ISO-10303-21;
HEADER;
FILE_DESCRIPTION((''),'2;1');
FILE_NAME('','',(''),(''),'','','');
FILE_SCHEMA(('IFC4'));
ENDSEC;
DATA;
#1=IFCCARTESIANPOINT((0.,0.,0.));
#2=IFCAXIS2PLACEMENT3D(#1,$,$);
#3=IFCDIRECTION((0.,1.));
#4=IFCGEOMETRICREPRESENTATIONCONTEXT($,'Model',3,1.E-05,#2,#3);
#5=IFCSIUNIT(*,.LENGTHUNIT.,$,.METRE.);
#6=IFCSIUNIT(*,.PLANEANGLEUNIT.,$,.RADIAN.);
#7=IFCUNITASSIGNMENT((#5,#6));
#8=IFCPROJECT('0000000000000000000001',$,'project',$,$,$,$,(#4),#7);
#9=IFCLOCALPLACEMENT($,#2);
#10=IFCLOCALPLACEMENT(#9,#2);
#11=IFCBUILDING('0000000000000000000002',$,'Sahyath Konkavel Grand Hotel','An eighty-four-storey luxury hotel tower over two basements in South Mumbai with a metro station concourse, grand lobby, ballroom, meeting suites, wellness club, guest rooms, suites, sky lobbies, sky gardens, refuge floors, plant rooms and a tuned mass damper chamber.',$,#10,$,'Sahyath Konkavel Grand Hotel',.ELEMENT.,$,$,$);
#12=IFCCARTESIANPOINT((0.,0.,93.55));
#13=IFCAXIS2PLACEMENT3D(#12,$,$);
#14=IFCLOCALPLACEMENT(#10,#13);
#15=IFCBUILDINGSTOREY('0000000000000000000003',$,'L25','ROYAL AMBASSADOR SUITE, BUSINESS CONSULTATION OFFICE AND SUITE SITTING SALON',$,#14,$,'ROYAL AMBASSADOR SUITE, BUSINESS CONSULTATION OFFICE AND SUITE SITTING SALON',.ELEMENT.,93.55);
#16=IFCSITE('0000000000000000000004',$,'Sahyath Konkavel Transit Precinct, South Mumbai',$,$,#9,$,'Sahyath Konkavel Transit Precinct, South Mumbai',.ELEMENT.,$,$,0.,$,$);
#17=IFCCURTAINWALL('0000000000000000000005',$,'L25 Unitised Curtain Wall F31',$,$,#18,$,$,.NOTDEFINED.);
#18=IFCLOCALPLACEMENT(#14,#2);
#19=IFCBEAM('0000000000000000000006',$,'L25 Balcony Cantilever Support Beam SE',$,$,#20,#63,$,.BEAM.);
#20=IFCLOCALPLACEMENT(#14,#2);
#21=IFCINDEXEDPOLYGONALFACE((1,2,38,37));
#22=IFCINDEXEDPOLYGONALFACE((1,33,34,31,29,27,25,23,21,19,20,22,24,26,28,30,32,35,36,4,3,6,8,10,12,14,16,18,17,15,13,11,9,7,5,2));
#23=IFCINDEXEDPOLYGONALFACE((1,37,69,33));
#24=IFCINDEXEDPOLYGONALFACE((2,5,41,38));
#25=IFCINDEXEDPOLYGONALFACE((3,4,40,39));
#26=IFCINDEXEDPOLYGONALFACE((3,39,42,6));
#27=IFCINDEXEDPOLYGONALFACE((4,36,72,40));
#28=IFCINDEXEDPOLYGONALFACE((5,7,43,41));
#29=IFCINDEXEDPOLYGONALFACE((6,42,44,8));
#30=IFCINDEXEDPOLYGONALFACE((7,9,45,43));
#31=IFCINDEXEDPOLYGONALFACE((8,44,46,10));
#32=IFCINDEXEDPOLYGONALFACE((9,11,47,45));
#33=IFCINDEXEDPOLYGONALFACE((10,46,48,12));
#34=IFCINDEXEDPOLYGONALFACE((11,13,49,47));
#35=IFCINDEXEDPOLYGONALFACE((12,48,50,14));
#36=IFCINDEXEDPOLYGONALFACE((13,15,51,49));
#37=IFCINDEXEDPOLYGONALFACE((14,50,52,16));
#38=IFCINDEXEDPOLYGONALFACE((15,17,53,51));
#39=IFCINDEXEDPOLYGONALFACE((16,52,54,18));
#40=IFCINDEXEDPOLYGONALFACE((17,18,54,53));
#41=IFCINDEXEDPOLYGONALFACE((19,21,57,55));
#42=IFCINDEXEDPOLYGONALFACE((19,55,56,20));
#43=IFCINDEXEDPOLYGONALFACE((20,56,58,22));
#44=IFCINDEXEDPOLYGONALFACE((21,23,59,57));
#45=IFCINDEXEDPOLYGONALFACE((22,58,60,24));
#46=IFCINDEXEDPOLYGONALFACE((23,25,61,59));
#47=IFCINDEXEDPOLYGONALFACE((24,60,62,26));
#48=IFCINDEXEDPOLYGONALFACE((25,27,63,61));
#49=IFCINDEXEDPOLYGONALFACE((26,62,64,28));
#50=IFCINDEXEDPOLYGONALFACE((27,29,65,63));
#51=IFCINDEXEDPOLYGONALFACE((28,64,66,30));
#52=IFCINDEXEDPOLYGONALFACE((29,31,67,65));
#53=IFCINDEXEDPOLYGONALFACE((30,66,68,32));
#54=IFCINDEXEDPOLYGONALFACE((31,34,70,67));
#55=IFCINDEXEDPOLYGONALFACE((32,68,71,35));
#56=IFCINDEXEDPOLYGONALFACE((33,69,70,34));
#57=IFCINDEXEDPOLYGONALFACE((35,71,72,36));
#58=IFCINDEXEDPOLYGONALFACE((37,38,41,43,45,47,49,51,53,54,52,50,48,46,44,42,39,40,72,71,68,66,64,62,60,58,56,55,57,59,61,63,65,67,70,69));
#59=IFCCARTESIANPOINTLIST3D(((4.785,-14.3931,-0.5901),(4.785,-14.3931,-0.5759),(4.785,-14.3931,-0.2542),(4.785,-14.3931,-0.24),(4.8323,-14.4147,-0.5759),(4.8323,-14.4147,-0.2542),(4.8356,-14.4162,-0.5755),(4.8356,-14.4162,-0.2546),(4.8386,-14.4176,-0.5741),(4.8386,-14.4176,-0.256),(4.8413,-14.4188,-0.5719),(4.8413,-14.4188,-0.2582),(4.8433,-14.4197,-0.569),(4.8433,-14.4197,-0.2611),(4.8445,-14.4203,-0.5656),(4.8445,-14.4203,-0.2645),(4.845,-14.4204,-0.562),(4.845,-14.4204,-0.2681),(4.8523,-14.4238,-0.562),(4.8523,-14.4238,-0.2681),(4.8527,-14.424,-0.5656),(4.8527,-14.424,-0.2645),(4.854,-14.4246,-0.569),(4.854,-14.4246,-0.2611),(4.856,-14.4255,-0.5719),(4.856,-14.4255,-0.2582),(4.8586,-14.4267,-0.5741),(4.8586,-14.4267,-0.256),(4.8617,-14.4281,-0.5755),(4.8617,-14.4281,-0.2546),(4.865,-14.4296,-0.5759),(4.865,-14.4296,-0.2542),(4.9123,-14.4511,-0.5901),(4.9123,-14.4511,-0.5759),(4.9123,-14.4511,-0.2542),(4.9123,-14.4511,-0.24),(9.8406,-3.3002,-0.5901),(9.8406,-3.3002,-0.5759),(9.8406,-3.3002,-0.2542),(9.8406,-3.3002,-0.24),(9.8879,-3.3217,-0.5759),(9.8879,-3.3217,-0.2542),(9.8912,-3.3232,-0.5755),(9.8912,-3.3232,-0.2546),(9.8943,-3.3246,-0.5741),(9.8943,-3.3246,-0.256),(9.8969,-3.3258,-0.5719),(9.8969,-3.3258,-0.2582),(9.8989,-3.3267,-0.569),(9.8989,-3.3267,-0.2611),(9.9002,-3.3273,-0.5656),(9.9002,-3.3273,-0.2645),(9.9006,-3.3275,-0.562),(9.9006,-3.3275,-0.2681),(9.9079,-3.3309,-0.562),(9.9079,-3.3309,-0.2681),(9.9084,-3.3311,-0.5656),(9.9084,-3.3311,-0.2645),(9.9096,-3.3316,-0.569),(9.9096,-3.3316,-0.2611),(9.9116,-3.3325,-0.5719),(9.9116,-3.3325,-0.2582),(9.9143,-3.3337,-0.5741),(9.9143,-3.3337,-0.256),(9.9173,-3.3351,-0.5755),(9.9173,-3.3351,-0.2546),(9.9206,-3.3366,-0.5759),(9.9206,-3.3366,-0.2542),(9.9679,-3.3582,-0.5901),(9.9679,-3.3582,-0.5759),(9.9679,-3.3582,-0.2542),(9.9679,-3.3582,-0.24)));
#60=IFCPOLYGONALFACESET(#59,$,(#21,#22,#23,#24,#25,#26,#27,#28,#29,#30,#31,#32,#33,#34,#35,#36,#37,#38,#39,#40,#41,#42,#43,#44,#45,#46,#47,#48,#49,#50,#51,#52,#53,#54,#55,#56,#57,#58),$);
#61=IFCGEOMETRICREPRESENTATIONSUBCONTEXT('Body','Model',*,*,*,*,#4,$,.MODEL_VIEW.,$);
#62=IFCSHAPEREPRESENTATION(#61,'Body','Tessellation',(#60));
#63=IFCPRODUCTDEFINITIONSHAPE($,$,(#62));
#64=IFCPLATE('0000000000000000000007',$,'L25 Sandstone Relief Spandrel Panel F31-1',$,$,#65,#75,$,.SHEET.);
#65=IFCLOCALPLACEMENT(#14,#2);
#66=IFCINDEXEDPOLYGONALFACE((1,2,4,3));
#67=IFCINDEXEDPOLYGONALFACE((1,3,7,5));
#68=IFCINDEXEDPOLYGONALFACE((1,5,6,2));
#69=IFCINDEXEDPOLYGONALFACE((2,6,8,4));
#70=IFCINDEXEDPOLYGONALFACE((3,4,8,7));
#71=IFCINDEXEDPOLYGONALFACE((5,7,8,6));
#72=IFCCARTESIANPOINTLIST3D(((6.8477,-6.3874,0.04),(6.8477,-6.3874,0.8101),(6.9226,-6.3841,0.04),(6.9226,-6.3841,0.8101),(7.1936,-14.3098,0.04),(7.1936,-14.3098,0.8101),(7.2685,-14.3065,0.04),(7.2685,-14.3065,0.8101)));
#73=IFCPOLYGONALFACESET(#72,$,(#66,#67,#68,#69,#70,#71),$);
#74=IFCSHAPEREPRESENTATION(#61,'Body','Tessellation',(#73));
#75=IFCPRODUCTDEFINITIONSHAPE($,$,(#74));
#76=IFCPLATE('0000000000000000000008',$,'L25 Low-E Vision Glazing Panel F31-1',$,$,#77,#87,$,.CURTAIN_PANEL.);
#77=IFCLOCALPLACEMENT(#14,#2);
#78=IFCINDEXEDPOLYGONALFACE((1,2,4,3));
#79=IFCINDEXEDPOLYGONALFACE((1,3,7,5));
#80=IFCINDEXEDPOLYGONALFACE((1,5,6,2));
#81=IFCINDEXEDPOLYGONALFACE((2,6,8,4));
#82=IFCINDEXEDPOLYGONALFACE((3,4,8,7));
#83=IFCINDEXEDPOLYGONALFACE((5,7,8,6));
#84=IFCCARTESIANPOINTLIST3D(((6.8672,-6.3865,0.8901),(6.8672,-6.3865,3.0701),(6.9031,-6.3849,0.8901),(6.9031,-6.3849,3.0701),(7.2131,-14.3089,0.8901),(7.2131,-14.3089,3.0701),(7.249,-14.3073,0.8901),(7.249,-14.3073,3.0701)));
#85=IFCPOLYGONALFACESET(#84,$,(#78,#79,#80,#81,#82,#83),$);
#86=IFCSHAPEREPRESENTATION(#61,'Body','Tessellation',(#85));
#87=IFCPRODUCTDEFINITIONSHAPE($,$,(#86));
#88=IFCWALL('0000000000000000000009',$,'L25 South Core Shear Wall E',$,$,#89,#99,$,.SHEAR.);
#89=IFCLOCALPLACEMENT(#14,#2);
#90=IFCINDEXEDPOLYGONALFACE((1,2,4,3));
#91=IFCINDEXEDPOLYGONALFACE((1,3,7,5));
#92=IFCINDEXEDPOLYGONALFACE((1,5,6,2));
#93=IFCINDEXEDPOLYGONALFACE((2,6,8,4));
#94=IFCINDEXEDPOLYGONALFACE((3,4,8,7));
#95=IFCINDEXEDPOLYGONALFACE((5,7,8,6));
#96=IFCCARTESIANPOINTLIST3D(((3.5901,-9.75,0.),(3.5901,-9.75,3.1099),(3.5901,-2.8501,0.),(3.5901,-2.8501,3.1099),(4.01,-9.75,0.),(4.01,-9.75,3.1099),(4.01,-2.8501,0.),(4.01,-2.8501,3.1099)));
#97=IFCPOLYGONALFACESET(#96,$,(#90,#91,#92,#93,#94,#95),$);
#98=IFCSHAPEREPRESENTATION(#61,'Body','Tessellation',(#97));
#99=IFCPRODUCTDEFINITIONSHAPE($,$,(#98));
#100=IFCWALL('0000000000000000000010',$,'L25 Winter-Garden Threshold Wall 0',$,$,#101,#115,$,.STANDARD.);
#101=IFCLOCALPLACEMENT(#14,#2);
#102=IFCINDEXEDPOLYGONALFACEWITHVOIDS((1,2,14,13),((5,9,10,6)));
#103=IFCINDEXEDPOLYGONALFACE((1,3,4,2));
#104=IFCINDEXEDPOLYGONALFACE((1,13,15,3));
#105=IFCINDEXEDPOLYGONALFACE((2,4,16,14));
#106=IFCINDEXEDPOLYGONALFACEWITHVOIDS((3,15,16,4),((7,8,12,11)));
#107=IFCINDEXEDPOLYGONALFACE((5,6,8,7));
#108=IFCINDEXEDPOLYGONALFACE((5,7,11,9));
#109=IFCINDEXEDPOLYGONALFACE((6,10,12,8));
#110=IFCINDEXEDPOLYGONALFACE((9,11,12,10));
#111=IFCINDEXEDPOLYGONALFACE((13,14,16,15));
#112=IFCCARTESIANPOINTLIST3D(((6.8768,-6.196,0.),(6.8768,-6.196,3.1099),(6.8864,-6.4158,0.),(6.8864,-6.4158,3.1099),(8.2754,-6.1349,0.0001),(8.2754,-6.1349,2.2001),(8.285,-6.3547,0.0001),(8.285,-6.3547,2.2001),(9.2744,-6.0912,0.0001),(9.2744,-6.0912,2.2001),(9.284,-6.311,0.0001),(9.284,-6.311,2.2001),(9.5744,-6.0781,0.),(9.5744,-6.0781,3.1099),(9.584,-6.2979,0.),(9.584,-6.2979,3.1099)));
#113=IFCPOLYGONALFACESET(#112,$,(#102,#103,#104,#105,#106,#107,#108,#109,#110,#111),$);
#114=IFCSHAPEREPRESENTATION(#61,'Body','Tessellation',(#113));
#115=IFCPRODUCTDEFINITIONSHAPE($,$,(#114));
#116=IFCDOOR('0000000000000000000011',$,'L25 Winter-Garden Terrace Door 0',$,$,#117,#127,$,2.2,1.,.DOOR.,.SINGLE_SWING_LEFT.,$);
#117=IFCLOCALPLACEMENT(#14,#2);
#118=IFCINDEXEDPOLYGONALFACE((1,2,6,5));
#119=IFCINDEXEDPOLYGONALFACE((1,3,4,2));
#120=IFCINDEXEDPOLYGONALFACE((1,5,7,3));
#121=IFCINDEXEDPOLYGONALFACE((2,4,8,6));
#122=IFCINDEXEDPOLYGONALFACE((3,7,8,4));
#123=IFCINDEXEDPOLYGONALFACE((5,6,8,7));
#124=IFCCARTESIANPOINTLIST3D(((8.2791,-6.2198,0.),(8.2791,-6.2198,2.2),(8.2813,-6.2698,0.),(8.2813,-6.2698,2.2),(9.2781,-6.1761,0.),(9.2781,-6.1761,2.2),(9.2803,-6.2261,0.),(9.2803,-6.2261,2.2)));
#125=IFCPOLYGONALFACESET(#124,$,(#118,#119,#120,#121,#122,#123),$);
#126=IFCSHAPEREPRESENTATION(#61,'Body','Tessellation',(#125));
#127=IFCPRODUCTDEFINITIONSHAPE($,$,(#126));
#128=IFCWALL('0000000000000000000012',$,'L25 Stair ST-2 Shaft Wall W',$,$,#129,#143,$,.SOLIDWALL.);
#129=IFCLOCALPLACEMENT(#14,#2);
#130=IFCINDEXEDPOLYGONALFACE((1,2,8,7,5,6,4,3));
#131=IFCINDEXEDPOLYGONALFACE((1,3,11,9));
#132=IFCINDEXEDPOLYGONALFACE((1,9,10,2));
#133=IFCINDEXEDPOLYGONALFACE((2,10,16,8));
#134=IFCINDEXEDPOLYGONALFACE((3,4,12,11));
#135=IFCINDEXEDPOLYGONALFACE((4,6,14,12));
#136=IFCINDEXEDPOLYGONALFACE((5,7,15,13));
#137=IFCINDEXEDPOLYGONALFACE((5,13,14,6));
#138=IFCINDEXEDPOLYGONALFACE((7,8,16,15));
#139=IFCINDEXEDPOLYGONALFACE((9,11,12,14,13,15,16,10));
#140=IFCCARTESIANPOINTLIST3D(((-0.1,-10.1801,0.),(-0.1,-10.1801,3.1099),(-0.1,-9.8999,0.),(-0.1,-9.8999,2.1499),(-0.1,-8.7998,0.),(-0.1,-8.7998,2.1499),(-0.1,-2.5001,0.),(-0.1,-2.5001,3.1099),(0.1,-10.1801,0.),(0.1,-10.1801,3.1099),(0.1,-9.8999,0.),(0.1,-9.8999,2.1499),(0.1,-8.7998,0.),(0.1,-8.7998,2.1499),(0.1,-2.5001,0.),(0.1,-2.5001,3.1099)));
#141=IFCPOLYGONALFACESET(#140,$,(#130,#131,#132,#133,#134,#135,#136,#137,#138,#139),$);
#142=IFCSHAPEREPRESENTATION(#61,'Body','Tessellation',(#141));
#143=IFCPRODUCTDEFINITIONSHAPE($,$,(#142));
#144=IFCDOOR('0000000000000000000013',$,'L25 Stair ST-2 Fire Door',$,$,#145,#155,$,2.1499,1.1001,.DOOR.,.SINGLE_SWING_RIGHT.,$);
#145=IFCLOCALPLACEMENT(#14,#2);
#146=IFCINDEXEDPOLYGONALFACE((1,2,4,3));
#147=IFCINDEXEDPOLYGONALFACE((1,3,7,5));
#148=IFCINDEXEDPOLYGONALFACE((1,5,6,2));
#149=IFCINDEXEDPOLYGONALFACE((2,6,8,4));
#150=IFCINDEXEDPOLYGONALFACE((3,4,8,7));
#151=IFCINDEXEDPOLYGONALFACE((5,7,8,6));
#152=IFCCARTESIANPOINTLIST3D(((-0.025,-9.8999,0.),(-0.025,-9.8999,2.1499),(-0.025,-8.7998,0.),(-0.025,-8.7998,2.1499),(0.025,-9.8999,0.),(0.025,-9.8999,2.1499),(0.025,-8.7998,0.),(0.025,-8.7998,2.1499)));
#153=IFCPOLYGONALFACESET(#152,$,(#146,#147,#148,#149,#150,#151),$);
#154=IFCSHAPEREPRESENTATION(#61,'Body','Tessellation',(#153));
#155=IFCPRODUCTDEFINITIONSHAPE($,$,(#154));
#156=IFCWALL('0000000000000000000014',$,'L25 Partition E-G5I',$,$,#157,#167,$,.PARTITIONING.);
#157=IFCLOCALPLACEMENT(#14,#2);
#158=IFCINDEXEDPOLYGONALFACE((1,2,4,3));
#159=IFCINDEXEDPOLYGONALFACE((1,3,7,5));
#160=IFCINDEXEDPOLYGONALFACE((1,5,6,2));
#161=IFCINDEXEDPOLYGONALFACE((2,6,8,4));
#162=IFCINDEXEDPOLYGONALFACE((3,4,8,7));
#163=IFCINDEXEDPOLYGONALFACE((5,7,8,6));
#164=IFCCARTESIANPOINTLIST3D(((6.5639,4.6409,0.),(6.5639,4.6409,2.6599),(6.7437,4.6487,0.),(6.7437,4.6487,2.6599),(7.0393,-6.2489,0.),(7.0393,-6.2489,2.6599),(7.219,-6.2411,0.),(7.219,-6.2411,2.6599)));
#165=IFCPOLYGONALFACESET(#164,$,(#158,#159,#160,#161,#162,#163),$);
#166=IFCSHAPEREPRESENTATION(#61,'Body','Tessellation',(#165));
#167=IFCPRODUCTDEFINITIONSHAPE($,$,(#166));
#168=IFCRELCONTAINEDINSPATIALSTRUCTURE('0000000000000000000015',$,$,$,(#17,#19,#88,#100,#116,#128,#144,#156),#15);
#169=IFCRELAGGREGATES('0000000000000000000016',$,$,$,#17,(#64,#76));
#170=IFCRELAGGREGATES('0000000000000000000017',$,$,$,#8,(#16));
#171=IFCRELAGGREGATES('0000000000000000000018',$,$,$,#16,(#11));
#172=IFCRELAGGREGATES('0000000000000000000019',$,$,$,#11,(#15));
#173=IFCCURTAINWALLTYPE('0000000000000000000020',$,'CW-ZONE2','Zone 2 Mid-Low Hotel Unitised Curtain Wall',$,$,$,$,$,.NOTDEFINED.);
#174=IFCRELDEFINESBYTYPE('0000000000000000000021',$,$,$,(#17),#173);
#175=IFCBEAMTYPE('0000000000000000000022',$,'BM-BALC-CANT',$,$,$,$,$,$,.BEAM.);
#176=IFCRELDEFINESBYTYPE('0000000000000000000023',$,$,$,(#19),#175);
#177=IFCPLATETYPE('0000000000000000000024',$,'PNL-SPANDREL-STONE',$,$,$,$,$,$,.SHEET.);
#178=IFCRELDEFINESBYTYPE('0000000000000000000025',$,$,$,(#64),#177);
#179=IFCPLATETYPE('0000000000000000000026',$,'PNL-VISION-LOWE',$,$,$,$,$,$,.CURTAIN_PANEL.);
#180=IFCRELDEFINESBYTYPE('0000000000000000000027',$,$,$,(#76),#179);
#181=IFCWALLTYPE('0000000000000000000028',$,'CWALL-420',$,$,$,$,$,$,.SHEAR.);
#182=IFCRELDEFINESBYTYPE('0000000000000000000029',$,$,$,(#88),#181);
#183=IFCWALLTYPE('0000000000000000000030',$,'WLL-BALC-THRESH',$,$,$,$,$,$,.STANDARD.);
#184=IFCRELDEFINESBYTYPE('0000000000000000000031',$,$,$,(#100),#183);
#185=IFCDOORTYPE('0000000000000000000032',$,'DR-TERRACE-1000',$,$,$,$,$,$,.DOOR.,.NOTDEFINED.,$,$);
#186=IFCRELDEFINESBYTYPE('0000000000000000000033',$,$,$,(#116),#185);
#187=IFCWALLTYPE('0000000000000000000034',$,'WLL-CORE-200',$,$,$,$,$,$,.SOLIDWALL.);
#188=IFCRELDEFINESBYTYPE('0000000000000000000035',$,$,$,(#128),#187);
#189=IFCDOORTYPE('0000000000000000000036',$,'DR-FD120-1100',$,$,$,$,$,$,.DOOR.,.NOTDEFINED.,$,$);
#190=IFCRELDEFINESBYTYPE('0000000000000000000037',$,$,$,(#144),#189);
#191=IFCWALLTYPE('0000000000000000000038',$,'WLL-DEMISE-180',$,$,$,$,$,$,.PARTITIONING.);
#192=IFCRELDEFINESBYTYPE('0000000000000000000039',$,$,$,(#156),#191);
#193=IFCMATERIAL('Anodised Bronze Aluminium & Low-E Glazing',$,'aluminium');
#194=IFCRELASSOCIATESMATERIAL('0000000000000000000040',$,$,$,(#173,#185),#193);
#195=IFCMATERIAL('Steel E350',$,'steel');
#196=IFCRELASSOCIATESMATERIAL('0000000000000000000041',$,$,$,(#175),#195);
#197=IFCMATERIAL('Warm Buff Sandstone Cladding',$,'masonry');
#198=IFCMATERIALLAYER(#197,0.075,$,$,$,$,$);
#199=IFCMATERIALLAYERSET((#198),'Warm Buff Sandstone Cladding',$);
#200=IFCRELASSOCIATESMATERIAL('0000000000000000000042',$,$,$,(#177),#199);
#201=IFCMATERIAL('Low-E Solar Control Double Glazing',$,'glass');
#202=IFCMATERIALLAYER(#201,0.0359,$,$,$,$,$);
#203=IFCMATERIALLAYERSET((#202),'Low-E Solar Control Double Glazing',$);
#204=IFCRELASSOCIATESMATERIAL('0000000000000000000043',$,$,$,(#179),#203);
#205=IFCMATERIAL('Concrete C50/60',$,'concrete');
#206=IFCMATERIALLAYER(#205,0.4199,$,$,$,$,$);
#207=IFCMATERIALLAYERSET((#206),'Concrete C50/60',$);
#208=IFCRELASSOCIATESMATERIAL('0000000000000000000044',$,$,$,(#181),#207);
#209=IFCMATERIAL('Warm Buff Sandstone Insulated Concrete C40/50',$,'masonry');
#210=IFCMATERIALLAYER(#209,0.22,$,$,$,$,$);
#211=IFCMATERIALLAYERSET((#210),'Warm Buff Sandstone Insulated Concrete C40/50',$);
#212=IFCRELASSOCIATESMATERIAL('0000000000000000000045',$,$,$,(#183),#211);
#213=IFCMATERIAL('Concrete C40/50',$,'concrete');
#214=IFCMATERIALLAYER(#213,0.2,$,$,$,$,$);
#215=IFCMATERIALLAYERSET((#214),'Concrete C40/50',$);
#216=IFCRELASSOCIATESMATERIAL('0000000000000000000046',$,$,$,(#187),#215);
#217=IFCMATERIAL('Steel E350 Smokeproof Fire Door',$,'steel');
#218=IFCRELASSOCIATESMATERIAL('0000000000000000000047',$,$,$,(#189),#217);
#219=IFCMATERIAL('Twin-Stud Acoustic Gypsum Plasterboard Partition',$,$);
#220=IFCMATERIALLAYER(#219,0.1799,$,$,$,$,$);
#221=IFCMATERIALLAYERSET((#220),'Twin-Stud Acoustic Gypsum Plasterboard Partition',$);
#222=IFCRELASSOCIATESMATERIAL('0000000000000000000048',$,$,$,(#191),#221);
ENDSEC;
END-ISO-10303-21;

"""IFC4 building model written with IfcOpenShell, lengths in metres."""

from ifc_helpers import new_model, si_unit, direction, frame, frame_2d, origin, origin_2d, place, context, subcontext, project, spatial, rectangle, i_section, extrude, source, transform, mapped, material, layer, layer_set, material_profile, profile_set, type_object, element, fill, aggregate, save


model = new_model("IFC4")

# Units and contexts
model_context = context("Model", 3, precision=1e-05, world=origin(), true_north=direction((0.0, 1.0)))
body_context = subcontext(model_context, "Body", "Model", "MODEL_VIEW")
ifc_project = project(units=[si_unit("LENGTHUNIT", "METRE"), si_unit("PLANEANGLEUNIT", "RADIAN")], contexts=[model_context])

# Site, building, storey
site_placement = place(None, origin())
site = spatial("IfcSite", under=ifc_project, at=site_placement, Name="Sahyath Konkavel Transit Precinct, South Mumbai", LongName="Sahyath Konkavel Transit Precinct, South Mumbai", CompositionType="ELEMENT", RefElevation=0.0)
building_placement = place(site_placement, origin())
building = spatial("IfcBuilding", under=site, at=building_placement, Name="Sahyath Konkavel Grand Hotel", Description="An eighty-four-storey luxury hotel tower over two basements in South Mumbai with a metro station concourse, grand lobby, ballroom, meeting suites, wellness club, guest rooms, suites, sky lobbies, sky gardens, refuge floors, plant rooms and a tuned mass damper chamber.", LongName="Sahyath Konkavel Grand Hotel", CompositionType="ELEMENT")
storey_placement = place(building_placement, frame((0.0, 0.0, 93.55)))
storey = spatial("IfcBuildingStorey", under=building, at=storey_placement, Name="L25", Description="ROYAL AMBASSADOR SUITE, BUSINESS CONSULTATION OFFICE AND SUITE SITTING SALON", LongName="ROYAL AMBASSADOR SUITE, BUSINESS CONSULTATION OFFICE AND SUITE SITTING SALON", CompositionType="ELEMENT", Elevation=93.55)

# Shared definitions
ifc_material_1 = material(Name="Steel E350", Category="steel")

# Curtain wall
ifc_material_2 = material(Name="Anodised Bronze Aluminium & Low-E Glazing", Category="aluminium")
curtain_wall_type = type_object("IfcCurtainWallType", Name="CW-ZONE2", Description="Zone 2 Mid-Low Hotel Unitised Curtain Wall", PredefinedType="NOTDEFINED", material=ifc_material_2)
curtain_wall_1_placement = place(storey_placement, origin())
curtain_wall_1 = element("IfcCurtainWall", 1, at=curtain_wall_1_placement, inside=storey, type_object=curtain_wall_type, Name="L25 Unitised Curtain Wall F31", PredefinedType="NOTDEFINED")

# Beam
ifc_material_profile_1 = material_profile(ifc_material_1, i_section(OverallWidth=0.1399, OverallDepth=0.3501, WebThickness=0.0081, FlangeThickness=0.0142, FilletRadius=0.0139, at=origin_2d()), Name="ISMB 350")
ifc_profile_set_1 = profile_set([ifc_material_profile_1], Name="Steel E350")
beam_type_1 = type_object("IfcBeamType", Name="BM-BALC-CANT", PredefinedType="BEAM", material=ifc_profile_set_1)
shared_shape_1 = source(origin(), body_context, "Body", "SweptSolid", [
    extrude(i_section(OverallWidth=0.1399, OverallDepth=0.3501, WebThickness=0.0081, FlangeThickness=0.0142, FilletRadius=0.0139, at=origin_2d()), origin(), (0.0, 0.0, 1.0), 12.1907),
])
beam_1_placement = place(storey_placement, frame((4.8486, -14.4221, -0.415), z_axis=(0.414713, 0.909952, 0.0), x_axis=(-0.909952, 0.414713, 0.0)))
element("IfcBeam", 2, at=beam_1_placement, inside=storey, type_object=beam_type_1, Name="L25 Balcony Cantilever Support Beam SE", PredefinedType="BEAM", context=body_context, shape_type="MappedRepresentation", body=[
    mapped(shared_shape_1, transform((0.0, 0.0, 0.0), scale=1.0)),
])

# Plates
ifc_material_3 = material(Name="Warm Buff Sandstone Cladding", Category="masonry")
ifc_layer_1 = layer(ifc_material_3, 0.075)
ifc_layer_set_1 = layer_set([ifc_layer_1], Name="Warm Buff Sandstone Cladding")
plate_type_1 = type_object("IfcPlateType", Name="PNL-SPANDREL-STONE", PredefinedType="SHEET", material=ifc_layer_set_1)
shared_shape_2 = source(origin(), body_context, "Body", "SweptSolid", [
    extrude(rectangle(XDim=7.9299, YDim=0.075, at=origin_2d()), origin(), (0.0, 0.0, 1.0), 0.77),
])
plate_1_placement = place(storey_placement, frame((7.0581, -10.3469, 0.04), z_axis=(0.0, 0.0, 1.0), x_axis=(-0.043619, 0.999048, 0.0)))
plate_1 = element("IfcPlate", 3, at=plate_1_placement, type_object=plate_type_1, Name="L25 Sandstone Relief Spandrel Panel F31-1", PredefinedType="SHEET", context=body_context, shape_type="MappedRepresentation", body=[
    mapped(shared_shape_2, transform((0.0, 0.0, 0.0), scale=1.0)),
])
ifc_material_4 = material(Name="Low-E Solar Control Double Glazing", Category="glass")
ifc_layer_2 = layer(ifc_material_4, 0.0359)
ifc_layer_set_2 = layer_set([ifc_layer_2], Name="Low-E Solar Control Double Glazing")
plate_type_2 = type_object("IfcPlateType", Name="PNL-VISION-LOWE", PredefinedType="CURTAIN_PANEL", material=ifc_layer_set_2)
shared_shape_3 = source(origin(), body_context, "Body", "SweptSolid", [
    extrude(rectangle(XDim=7.9299, YDim=0.0359, at=origin_2d()), origin(), (0.0, 0.0, 1.0), 2.1799),
])
plate_2_placement = place(storey_placement, frame((7.0581, -10.3469, 0.8901), z_axis=(0.0, 0.0, 1.0), x_axis=(-0.043619, 0.999048, 0.0)))
plate_2 = element("IfcPlate", 4, at=plate_2_placement, type_object=plate_type_2, Name="L25 Low-E Vision Glazing Panel F31-1", PredefinedType="CURTAIN_PANEL", context=body_context, shape_type="MappedRepresentation", body=[
    mapped(shared_shape_3, transform((0.0, 0.0, 0.0), scale=1.0)),
])
aggregate(curtain_wall_1, [plate_1, plate_2])

# Wall
ifc_material_5 = material(Name="Concrete C50/60", Category="concrete")
ifc_layer_3 = layer(ifc_material_5, 0.4199)
ifc_layer_set_3 = layer_set([ifc_layer_3], Name="Concrete C50/60")
wall_type_1 = type_object("IfcWallType", Name="CWALL-420", PredefinedType="SHEAR", material=ifc_layer_set_3)
wall_1_placement = place(storey_placement, frame((3.8, -9.75, 0.0), z_axis=(0.0, 0.0, 1.0), x_axis=(0.0, 1.0, 0.0)))
element("IfcWall", 5, at=wall_1_placement, inside=storey, type_object=wall_type_1, Name="L25 South Core Shear Wall E", PredefinedType="SHEAR", context=body_context, shape_type="SweptSolid", body=[
    extrude(rectangle(XDim=6.8999, YDim=0.4199, at=frame_2d((3.45, 0.0))), origin(), (0.0, 0.0, 1.0), 3.1099),
])

# Walls, openings, doors
ifc_material_6 = material(Name="Warm Buff Sandstone Insulated Concrete C40/50", Category="masonry")
ifc_layer_4 = layer(ifc_material_6, 0.22)
ifc_layer_set_4 = layer_set([ifc_layer_4], Name="Warm Buff Sandstone Insulated Concrete C40/50")
wall_type_2 = type_object("IfcWallType", Name="WLL-BALC-THRESH", PredefinedType="STANDARD", material=ifc_layer_set_4)
wall_2_placement = place(storey_placement, frame((6.8816, -6.3059, 0.0), z_axis=(0.0, 0.0, 1.0), x_axis=(0.999046, 0.043673, 0.0)))
wall_2 = element("IfcWall", 6, at=wall_2_placement, inside=storey, type_object=wall_type_2, Name="L25 Winter-Garden Threshold Wall 0", PredefinedType="STANDARD", context=body_context, shape_type="SweptSolid", body=[
    extrude(rectangle(XDim=2.7002, YDim=0.22, at=frame_2d((1.3501, 0.0))), origin(), (0.0, 0.0, 1.0), 3.1099),
])
opening_1_placement = place(wall_2_placement, frame((1.3999, 0.0, 0.0)))
opening_1 = element("IfcOpeningElement", 7, at=opening_1_placement, cuts=wall_2, PredefinedType="OPENING", context=body_context, shape_type="SweptSolid", body=[
    extrude(rectangle(XDim=1.0, YDim=2.2, at=frame_2d((0.5, 1.1001))), frame((0.0, 0.1201, 0.0), z_axis=(0.0, -1.0, 0.0), x_axis=(1.0, 0.0, 0.0)), (0.0, 0.0, 1.0), 0.24),
])
door_type_1 = type_object("IfcDoorType", Name="DR-TERRACE-1000", OperationType="NOTDEFINED", PredefinedType="DOOR", material=ifc_material_2)
shared_shape_4 = source(origin(), body_context, "Body", "SweptSolid", [
    extrude(rectangle(XDim=1.0, YDim=0.05, at=origin_2d()), origin(), (0.0, 0.0, 1.0), 2.2),
])
door_1_placement = place(opening_1_placement, frame((0.5, 0.0, 0.0)))
door_1 = element("IfcDoor", 8, at=door_1_placement, inside=storey, type_object=door_type_1, Name="L25 Winter-Garden Terrace Door 0", OperationType="SINGLE_SWING_LEFT", OverallHeight=2.2, OverallWidth=1.0, PredefinedType="DOOR", context=body_context, shape_type="MappedRepresentation", body=[
    mapped(shared_shape_4, transform((0.0, 0.0, 0.0), scale=1.0)),
])
fill(opening_1, door_1)
ifc_material_7 = material(Name="Concrete C40/50", Category="concrete")
ifc_layer_5 = layer(ifc_material_7, 0.2)
ifc_layer_set_5 = layer_set([ifc_layer_5], Name="Concrete C40/50")
wall_type_3 = type_object("IfcWallType", Name="WLL-CORE-200", PredefinedType="SOLIDWALL", material=ifc_layer_set_5)
wall_3_placement = place(storey_placement, frame((0.0, -10.1799, 0.0), z_axis=(0.0, 0.0, 1.0), x_axis=(0.0, 1.0, 0.0)))
wall_3 = element("IfcWall", 9, at=wall_3_placement, inside=storey, type_object=wall_type_3, Name="L25 Stair ST-2 Shaft Wall W", PredefinedType="SOLIDWALL", context=body_context, shape_type="SweptSolid", body=[
    extrude(rectangle(XDim=7.6799, YDim=0.2, at=frame_2d((3.8398, 0.0))), origin(), (0.0, 0.0, 1.0), 3.1099),
])
opening_2_placement = place(wall_3_placement, frame((0.28, 0.0, 0.0)))
opening_2 = element("IfcOpeningElement", 10, at=opening_2_placement, cuts=wall_3, PredefinedType="OPENING", context=body_context, shape_type="SweptSolid", body=[
    extrude(rectangle(XDim=1.1001, YDim=2.1499, at=frame_2d((0.55, 1.075))), frame((0.0, 0.1099, 0.0), z_axis=(0.0, -1.0, 0.0), x_axis=(1.0, 0.0, 0.0)), (0.0, 0.0, 1.0), 0.22),
])
ifc_material_8 = material(Name="Steel E350 Smokeproof Fire Door", Category="steel")
door_type_2 = type_object("IfcDoorType", Name="DR-FD120-1100", OperationType="NOTDEFINED", PredefinedType="DOOR", material=ifc_material_8)
shared_shape_5 = source(origin(), body_context, "Body", "SweptSolid", [
    extrude(rectangle(XDim=1.1001, YDim=0.05, at=origin_2d()), origin(), (0.0, 0.0, 1.0), 2.1499),
])
door_2_placement = place(opening_2_placement, frame((0.55, 0.0, 0.0)))
door_2 = element("IfcDoor", 11, at=door_2_placement, inside=storey, type_object=door_type_2, Name="L25 Stair ST-2 Fire Door", OperationType="SINGLE_SWING_RIGHT", OverallHeight=2.1499, OverallWidth=1.1001, PredefinedType="DOOR", context=body_context, shape_type="MappedRepresentation", body=[
    mapped(shared_shape_5, transform((0.0, 0.0, 0.0), scale=1.0)),
])
fill(opening_2, door_2)

# Wall
ifc_material_9 = material(Name="Twin-Stud Acoustic Gypsum Plasterboard Partition")
ifc_layer_6 = layer(ifc_material_9, 0.1799)
ifc_layer_set_6 = layer_set([ifc_layer_6], Name="Twin-Stud Acoustic Gypsum Plasterboard Partition")
wall_type_4 = type_object("IfcWallType", Name="WLL-DEMISE-180", PredefinedType="PARTITIONING", material=ifc_layer_set_6)
wall_4_placement = place(storey_placement, frame((7.1292, -6.2451, 0.0), z_axis=(0.0, 0.0, 1.0), x_axis=(-0.043608, 0.999049, 0.0)))
element("IfcWall", 12, at=wall_4_placement, inside=storey, type_object=wall_type_4, Name="L25 Partition E-G5I", PredefinedType="PARTITIONING", context=body_context, shape_type="SweptSolid", body=[
    extrude(rectangle(XDim=10.9001, YDim=0.1799, at=frame_2d((5.4502, 0.0))), origin(), (0.0, 0.0, 1.0), 2.6599),
])

save(model, "model.ifc")
